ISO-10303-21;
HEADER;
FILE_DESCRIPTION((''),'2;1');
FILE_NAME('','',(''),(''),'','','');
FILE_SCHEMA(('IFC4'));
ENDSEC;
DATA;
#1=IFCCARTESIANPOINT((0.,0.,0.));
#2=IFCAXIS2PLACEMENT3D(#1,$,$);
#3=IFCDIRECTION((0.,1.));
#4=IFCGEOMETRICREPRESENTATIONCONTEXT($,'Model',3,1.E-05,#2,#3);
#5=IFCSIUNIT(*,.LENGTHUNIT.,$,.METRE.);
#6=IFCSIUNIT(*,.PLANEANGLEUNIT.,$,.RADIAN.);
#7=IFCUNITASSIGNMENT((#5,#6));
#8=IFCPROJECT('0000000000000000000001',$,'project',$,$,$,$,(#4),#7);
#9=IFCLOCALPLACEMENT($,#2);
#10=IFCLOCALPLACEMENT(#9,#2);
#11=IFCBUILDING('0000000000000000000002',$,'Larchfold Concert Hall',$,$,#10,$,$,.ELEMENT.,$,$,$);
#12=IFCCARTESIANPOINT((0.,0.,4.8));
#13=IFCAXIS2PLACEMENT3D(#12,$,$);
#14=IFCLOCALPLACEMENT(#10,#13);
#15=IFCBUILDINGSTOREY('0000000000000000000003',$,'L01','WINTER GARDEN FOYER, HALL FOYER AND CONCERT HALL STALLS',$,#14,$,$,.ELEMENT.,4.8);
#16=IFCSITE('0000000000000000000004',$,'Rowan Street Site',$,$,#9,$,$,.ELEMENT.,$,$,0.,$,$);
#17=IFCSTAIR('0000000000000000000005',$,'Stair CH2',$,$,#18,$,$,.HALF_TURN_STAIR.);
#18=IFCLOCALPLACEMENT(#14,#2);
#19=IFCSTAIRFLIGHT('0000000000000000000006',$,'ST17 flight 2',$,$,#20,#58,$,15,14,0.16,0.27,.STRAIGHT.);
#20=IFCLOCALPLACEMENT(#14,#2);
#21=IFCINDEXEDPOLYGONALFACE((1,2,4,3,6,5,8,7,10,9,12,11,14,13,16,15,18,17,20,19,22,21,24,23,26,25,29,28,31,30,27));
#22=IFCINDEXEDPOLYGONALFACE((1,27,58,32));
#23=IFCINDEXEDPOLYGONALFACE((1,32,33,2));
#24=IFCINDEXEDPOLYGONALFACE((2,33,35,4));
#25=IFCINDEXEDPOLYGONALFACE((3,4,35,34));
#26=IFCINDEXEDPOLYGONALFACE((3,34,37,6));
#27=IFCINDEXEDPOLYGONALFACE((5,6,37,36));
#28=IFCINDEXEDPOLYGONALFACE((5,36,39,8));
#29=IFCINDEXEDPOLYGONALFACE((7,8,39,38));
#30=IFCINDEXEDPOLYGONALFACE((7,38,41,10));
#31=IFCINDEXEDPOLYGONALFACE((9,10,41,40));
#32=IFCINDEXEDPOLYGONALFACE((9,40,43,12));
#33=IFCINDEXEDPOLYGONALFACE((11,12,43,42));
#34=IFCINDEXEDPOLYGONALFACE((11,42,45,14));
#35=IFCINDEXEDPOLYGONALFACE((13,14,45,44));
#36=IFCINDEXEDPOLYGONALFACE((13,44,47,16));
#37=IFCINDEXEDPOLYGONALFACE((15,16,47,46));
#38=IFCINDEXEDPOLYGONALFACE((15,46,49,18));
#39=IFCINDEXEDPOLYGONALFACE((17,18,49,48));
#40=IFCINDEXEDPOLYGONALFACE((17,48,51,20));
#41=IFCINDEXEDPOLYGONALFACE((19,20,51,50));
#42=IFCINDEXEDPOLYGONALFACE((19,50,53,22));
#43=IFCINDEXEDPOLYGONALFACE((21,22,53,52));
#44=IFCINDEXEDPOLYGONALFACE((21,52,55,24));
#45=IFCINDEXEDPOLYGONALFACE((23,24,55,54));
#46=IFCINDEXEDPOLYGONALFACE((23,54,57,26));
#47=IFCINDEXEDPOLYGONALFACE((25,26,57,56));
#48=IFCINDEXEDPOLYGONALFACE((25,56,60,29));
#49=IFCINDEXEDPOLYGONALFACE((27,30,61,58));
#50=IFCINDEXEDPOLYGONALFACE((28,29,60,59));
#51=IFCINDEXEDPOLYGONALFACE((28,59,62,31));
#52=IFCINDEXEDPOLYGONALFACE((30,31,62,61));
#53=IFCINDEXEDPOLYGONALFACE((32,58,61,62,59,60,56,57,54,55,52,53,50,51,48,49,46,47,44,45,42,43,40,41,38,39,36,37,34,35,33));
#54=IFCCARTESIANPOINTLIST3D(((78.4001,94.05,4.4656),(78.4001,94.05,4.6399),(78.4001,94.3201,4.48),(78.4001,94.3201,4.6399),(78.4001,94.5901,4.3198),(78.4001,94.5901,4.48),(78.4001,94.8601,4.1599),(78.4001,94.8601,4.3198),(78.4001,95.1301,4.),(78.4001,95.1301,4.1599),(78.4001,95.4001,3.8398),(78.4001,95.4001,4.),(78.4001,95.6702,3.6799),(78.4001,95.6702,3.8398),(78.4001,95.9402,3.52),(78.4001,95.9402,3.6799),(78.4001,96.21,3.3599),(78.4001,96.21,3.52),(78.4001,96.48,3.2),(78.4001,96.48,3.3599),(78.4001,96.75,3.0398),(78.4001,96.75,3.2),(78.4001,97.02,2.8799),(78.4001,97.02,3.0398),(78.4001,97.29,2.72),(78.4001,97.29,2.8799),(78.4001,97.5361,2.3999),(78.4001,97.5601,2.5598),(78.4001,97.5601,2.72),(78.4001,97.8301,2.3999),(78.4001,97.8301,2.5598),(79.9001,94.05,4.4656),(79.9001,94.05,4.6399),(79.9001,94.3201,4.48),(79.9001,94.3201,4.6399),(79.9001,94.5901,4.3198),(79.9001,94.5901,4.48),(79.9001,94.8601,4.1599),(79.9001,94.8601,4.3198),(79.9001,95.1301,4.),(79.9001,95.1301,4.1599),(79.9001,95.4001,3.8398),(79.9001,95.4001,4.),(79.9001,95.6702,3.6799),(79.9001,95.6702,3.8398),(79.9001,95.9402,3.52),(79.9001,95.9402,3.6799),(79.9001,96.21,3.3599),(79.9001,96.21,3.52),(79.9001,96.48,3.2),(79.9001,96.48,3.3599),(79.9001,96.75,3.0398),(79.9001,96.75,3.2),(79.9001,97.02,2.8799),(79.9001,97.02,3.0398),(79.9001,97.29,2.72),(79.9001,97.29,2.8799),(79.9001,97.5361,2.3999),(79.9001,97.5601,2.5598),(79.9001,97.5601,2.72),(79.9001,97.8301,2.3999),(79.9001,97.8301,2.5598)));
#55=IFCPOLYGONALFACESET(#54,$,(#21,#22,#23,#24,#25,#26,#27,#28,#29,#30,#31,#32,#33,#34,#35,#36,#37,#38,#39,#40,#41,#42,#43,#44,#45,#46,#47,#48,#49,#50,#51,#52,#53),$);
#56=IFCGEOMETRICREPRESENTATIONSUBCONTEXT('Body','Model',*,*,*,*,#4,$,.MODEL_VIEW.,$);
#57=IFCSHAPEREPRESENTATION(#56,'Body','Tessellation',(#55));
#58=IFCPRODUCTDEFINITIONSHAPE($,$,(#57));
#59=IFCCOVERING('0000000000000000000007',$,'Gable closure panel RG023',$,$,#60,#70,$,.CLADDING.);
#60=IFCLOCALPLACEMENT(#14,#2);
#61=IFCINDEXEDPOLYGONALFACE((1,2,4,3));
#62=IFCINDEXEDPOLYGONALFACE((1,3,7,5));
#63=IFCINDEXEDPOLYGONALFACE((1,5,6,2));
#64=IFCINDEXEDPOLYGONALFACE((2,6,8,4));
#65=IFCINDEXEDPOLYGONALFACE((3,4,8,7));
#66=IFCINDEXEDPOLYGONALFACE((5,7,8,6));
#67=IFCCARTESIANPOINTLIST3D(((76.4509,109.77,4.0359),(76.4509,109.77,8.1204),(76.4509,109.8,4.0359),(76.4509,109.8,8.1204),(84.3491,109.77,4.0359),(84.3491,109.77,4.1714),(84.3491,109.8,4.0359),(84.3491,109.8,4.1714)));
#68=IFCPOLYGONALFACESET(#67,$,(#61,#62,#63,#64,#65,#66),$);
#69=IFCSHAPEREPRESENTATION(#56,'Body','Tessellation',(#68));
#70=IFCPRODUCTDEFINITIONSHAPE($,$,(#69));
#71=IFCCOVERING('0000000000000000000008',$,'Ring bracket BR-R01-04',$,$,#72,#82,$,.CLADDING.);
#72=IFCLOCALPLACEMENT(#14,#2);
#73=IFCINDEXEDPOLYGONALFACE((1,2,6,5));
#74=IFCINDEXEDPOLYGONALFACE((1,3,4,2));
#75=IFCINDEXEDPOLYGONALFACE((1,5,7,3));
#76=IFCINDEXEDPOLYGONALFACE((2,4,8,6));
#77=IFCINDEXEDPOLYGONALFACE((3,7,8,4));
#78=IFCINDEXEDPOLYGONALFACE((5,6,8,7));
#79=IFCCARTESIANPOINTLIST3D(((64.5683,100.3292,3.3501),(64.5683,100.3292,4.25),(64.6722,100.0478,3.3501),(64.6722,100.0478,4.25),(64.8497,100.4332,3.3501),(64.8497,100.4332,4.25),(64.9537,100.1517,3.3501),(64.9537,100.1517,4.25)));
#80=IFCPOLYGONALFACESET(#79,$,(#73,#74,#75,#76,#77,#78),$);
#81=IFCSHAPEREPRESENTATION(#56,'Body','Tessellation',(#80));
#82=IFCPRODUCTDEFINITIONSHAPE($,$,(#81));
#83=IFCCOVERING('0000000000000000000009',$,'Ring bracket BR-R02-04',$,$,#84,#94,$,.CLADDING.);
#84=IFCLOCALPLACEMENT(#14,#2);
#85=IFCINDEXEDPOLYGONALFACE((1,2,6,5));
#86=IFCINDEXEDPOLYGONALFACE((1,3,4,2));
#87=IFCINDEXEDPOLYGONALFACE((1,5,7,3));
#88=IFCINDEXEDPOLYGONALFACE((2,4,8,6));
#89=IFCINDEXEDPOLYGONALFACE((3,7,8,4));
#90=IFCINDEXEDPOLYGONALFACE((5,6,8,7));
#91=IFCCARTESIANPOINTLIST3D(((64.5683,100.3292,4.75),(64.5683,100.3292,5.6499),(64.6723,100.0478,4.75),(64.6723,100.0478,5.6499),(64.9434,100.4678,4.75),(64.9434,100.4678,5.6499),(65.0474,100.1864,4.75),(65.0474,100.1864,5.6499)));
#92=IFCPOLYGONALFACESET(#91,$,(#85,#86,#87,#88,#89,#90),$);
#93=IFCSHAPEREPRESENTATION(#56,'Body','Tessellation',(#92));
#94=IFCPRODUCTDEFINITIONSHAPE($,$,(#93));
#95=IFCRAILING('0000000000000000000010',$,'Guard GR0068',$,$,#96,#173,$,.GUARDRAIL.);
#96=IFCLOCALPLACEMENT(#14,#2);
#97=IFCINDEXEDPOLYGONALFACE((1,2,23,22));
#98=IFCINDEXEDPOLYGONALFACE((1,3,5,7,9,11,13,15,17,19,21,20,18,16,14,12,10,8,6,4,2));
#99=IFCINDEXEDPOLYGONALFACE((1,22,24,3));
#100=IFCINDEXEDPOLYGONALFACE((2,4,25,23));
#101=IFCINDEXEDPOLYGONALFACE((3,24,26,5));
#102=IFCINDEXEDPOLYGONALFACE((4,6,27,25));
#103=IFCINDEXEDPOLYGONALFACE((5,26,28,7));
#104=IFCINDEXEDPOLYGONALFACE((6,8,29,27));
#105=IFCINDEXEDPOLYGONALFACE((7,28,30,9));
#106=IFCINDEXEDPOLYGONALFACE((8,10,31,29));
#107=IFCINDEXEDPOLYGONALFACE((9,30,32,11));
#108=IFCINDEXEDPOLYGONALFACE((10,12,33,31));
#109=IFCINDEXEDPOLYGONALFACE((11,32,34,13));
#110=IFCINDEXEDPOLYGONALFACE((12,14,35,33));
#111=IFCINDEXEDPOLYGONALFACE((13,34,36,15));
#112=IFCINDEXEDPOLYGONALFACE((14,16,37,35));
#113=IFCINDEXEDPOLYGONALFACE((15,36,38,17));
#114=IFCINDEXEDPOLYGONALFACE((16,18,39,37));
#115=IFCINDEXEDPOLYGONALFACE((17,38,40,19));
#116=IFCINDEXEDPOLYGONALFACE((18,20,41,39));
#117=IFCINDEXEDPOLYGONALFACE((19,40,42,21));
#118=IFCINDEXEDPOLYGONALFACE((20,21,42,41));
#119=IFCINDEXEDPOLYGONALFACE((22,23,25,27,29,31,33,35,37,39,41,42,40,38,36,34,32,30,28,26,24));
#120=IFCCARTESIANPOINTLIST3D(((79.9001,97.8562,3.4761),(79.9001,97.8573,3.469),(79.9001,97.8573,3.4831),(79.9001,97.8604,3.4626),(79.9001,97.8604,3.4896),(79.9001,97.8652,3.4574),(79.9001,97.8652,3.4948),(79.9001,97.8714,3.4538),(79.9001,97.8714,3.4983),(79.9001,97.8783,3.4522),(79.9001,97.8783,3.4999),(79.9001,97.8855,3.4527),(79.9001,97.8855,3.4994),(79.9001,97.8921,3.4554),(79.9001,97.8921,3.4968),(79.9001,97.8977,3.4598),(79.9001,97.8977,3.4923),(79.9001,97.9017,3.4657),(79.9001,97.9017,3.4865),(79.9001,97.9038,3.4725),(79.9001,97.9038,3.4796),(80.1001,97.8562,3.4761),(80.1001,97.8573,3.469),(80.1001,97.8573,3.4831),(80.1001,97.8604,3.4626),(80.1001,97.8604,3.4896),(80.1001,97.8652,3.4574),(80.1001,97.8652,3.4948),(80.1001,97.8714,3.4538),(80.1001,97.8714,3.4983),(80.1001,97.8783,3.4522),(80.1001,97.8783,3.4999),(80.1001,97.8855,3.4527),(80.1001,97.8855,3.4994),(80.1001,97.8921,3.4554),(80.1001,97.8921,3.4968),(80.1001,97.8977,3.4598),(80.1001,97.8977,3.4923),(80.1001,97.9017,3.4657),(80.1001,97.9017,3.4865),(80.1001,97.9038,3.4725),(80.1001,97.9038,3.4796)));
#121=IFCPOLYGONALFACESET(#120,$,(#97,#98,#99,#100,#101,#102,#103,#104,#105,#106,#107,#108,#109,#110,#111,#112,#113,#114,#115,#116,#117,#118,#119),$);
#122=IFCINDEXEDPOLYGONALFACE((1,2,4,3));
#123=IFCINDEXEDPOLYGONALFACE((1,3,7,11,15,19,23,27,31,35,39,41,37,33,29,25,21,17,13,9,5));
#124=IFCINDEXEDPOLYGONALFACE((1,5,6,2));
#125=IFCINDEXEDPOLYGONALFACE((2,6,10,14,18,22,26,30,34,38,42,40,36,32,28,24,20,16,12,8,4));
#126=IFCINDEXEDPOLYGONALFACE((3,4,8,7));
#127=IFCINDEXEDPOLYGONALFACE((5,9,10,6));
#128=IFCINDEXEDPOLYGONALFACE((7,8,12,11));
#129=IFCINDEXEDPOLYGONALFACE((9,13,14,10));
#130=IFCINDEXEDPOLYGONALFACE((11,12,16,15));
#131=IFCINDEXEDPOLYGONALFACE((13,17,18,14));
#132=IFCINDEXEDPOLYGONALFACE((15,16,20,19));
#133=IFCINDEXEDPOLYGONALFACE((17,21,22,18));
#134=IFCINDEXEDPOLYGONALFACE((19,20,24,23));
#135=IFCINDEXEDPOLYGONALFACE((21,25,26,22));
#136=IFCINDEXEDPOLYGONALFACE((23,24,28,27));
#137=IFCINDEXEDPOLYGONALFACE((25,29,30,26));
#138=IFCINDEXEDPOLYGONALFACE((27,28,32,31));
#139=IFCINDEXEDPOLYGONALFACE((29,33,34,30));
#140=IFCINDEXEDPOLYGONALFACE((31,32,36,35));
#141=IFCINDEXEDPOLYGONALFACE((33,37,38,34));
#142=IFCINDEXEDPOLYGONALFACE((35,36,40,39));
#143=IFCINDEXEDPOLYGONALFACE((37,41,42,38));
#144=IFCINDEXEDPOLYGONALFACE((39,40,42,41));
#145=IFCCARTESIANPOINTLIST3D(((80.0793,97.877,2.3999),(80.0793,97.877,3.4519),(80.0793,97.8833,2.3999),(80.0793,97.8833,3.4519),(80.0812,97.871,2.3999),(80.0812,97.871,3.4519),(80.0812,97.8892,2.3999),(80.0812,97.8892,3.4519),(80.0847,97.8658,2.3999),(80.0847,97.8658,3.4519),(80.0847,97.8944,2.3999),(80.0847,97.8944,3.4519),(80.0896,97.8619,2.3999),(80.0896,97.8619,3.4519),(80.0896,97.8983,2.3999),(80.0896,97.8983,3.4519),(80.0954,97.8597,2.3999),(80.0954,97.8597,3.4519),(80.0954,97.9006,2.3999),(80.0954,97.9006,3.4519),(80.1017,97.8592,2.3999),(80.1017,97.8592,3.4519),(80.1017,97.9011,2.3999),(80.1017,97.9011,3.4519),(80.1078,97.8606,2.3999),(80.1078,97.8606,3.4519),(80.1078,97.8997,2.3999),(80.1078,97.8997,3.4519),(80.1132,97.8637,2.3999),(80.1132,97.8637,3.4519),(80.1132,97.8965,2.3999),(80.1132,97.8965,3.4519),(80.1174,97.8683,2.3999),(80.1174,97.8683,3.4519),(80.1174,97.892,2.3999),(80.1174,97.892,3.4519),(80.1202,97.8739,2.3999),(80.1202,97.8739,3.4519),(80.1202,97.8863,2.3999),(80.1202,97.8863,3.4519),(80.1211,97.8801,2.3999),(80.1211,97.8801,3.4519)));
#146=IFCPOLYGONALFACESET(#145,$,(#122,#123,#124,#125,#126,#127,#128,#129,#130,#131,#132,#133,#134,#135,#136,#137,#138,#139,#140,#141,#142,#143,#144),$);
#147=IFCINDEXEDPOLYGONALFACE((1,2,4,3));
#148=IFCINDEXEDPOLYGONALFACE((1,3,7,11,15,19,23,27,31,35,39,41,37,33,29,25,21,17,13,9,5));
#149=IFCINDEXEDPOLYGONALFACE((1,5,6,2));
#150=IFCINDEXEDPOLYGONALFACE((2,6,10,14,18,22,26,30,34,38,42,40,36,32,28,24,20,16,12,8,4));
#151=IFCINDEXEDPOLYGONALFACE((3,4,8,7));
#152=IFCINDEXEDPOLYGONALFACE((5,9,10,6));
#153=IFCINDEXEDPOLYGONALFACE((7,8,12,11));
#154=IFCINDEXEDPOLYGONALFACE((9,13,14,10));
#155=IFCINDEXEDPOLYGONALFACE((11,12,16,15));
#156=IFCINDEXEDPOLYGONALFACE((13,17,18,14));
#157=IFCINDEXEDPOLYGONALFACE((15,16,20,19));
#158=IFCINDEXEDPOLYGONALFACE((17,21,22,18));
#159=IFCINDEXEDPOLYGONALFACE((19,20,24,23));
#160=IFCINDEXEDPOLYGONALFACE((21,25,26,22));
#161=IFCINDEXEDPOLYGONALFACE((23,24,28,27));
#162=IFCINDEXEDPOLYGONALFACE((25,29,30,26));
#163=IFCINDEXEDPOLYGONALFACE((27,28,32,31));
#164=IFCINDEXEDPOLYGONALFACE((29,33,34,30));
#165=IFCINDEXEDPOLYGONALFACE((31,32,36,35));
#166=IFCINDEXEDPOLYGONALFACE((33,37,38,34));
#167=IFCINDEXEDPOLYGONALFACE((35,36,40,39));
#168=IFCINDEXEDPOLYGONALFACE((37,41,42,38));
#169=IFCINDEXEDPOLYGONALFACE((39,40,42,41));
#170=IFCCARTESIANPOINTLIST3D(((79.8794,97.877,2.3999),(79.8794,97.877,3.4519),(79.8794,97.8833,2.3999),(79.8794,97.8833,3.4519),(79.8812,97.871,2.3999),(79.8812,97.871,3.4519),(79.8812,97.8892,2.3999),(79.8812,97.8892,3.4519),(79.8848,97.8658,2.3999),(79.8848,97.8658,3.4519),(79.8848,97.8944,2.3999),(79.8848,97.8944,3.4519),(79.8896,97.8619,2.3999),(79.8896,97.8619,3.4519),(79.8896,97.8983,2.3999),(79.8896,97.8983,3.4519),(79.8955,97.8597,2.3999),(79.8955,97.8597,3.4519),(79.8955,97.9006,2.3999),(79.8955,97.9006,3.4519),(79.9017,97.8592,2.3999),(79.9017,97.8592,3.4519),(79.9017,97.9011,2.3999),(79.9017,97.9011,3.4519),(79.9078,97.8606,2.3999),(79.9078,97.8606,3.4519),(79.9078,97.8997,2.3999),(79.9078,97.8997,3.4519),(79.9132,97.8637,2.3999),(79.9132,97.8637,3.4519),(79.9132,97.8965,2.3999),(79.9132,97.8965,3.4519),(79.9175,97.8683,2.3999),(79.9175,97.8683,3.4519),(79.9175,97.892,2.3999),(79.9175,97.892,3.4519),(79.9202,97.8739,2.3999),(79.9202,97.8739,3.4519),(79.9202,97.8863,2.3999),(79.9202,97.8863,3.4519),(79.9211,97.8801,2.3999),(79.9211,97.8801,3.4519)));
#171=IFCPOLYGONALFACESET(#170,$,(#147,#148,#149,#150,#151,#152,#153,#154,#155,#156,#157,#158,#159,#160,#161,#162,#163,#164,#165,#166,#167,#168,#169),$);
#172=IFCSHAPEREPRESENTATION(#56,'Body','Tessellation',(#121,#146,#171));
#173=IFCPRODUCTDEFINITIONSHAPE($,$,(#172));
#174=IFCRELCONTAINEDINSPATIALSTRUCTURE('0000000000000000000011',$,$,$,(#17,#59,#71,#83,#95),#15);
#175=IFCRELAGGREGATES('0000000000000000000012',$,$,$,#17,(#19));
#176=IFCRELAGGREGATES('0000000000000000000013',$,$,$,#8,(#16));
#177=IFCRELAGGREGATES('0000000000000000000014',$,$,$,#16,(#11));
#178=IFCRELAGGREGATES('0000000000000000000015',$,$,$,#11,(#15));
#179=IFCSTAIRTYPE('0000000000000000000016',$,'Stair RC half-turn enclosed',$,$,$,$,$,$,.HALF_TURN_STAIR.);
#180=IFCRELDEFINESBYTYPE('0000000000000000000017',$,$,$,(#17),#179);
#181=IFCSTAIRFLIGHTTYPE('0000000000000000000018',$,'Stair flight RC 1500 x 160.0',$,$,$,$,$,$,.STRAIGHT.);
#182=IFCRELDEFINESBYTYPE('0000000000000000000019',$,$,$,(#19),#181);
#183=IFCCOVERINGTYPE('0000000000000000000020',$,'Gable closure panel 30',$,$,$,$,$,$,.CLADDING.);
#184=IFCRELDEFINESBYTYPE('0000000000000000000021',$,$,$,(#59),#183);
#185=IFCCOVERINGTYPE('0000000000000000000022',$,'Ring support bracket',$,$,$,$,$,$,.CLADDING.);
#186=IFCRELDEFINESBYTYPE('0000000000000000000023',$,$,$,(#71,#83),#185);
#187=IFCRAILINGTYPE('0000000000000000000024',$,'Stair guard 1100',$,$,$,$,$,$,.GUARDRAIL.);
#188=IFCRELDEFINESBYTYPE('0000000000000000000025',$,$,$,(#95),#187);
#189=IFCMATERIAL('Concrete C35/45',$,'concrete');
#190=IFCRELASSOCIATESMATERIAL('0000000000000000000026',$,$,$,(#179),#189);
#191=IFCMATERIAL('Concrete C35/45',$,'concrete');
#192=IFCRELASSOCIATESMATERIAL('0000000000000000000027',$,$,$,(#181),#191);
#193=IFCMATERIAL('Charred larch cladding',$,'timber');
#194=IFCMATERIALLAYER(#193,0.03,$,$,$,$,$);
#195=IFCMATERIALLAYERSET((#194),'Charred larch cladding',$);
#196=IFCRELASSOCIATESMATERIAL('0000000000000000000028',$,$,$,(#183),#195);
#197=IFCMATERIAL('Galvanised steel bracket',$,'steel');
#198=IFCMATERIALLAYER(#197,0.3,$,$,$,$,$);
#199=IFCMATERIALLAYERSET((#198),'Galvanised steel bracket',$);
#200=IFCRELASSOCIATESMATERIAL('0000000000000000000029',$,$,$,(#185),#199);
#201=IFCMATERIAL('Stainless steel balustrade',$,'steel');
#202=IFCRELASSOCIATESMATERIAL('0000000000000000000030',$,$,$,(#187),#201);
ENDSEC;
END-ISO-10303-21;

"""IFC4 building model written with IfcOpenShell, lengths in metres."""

from ifc_helpers import new_model, si_unit, direction, frame, origin, origin_2d, place, context, subcontext, project, spatial, polyline, rectangle, circle, outline, extrude, material, layer, layer_set, type_object, element, aggregate, save


model = new_model("IFC4")

# Units and contexts
model_context = context("Model", 3, precision=1e-05, world=origin(), true_north=direction((0.0, 1.0)))
body_context = subcontext(model_context, "Body", "Model", "MODEL_VIEW")
ifc_project = project(units=[si_unit("LENGTHUNIT", "METRE"), si_unit("PLANEANGLEUNIT", "RADIAN")], contexts=[model_context])

# Site, building, storey
site_placement = place(None, origin())
site = spatial("IfcSite", under=ifc_project, at=site_placement, Name="Rowan Street Site", CompositionType="ELEMENT", RefElevation=0.0)
building_placement = place(site_placement, origin())
building = spatial("IfcBuilding", under=site, at=building_placement, Name="Larchfold Concert Hall", CompositionType="ELEMENT")
storey_placement = place(building_placement, frame((0.0, 0.0, 4.8)))
storey = spatial("IfcBuildingStorey", under=building, at=storey_placement, Name="L01", Description="WINTER GARDEN FOYER, HALL FOYER AND CONCERT HALL STALLS", CompositionType="ELEMENT", Elevation=4.8)

# Stair, stair flight
ifc_material_1 = material(Name="Concrete C35/45", Category="concrete")
stair_type = type_object("IfcStairType", Name="Stair RC half-turn enclosed", PredefinedType="HALF_TURN_STAIR", material=ifc_material_1)
stair_placement = place(storey_placement, origin())
stair = element("IfcStair", 1, at=stair_placement, inside=storey, type_object=stair_type, Name="Stair CH2", PredefinedType="HALF_TURN_STAIR")
ifc_material_2 = material(Name="Concrete C35/45", Category="concrete")
stair_flight_type = type_object("IfcStairFlightType", Name="Stair flight RC 1500 x 160.0", PredefinedType="STRAIGHT", material=ifc_material_2)
stair_flight_placement = place(storey_placement, frame((79.1501, 97.8301, 2.3999), z_axis=(0.0, 0.0, 1.0), x_axis=(0.0, -1.0, 0.0)))
stair_flight = element("IfcStairFlight", 2, at=stair_flight_placement, type_object=stair_flight_type, Name="ST17 flight 2", NumberOfRisers=15, NumberOfTreads=14, PredefinedType="STRAIGHT", RiserHeight=0.16, TreadLength=0.27, context=body_context, shape_type="SweptSolid", body=[
    extrude(outline(polyline([(0.0, 0.0), (0.0, 0.1599), (0.27, 0.1599), (0.27, 0.3201), (0.54, 0.3201), (0.54, 0.48), (0.8101, 0.48), (0.8101, 0.6399), (1.0801, 0.6399), (1.0801, 0.8), (1.3501, 0.8), (1.3501, 0.96), (1.6201, 0.96), (1.6201, 1.1201), (1.8899, 1.1201), (1.8899, 1.28), (2.1599, 1.28), (2.1599, 1.4399), (2.4299, 1.4399), (2.4299, 1.6001), (2.7, 1.6001), (2.7, 1.76), (2.97, 1.76), (2.97, 1.9199), (3.24, 1.9199), (3.24, 2.0801), (3.51, 2.0801), (3.51, 2.24), (3.78, 2.24), (3.78, 2.3999), (3.78, 2.0657), (0.2939, 0.0), (0.0, 0.0)])), frame((0.0, 0.75, 0.0), z_axis=(0.0, -1.0, 0.0), x_axis=(1.0, 0.0, 0.0)), (0.0, 0.0, 1.0), 1.5),
])
aggregate(stair, [stair_flight])

# Coverings
ifc_material_3 = material(Name="Charred larch cladding", Category="timber")
ifc_layer_1 = layer(ifc_material_3, 0.03)
ifc_layer_set_1 = layer_set([ifc_layer_1], Name="Charred larch cladding")
covering_type_1 = type_object("IfcCoveringType", Name="Gable closure panel 30", PredefinedType="CLADDING", material=ifc_layer_set_1)
covering_1_placement = place(storey_placement, frame((76.4509, 109.77, 4.0359), z_axis=(0.0, -1.0, 0.0), x_axis=(1.0, 0.0, 0.0)))
element("IfcCovering", 3, at=covering_1_placement, inside=storey, type_object=covering_type_1, Name="Gable closure panel RG023", PredefinedType="CLADDING", context=body_context, shape_type="SweptSolid", body=[
    extrude(outline(polyline([(0.0, 0.0), (7.8982, 0.0), (7.8982, 0.1355), (0.0, 4.0845), (0.0, 0.0)])), origin(), (0.0, 0.0, -1.0), 0.03),
])
ifc_material_4 = material(Name="Galvanised steel bracket", Category="steel")
ifc_layer_2 = layer(ifc_material_4, 0.3)
ifc_layer_set_2 = layer_set([ifc_layer_2], Name="Galvanised steel bracket")
covering_type_2 = type_object("IfcCoveringType", Name="Ring support bracket", PredefinedType="CLADDING", material=ifc_layer_set_2)
covering_2_placement = place(storey_placement, frame((64.761, 100.2405, 3.3501), z_axis=(0.0, 0.0, 1.0), x_axis=(0.938035, 0.346541, 0.0)))
element("IfcCovering", 4, at=covering_2_placement, inside=storey, type_object=covering_type_2, Name="Ring bracket BR-R01-04", PredefinedType="CLADDING", context=body_context, shape_type="SweptSolid", body=[
    extrude(rectangle(XDim=0.3, YDim=0.3, at=origin_2d()), origin(), (0.0, 0.0, 1.0), 0.8999),
])
covering_3_placement = place(storey_placement, frame((64.8079, 100.2578, 4.75), z_axis=(0.0, 0.0, 1.0), x_axis=(0.938035, 0.346541, 0.0)))
element("IfcCovering", 5, at=covering_3_placement, inside=storey, type_object=covering_type_2, Name="Ring bracket BR-R02-04", PredefinedType="CLADDING", context=body_context, shape_type="SweptSolid", body=[
    extrude(rectangle(XDim=0.3999, YDim=0.3, at=origin_2d()), origin(), (0.0, 0.0, 1.0), 0.8999),
])

# Railing
ifc_material_5 = material(Name="Stainless steel balustrade", Category="steel")
railing_type_1 = type_object("IfcRailingType", Name="Stair guard 1100", PredefinedType="GUARDRAIL", material=ifc_material_5)
railing_1_placement = place(storey_placement, frame((80.1001, 97.8801, 2.3999)))
element("IfcRailing", 6, at=railing_1_placement, inside=storey, type_object=railing_type_1, Name="Guard GR0068", PredefinedType="GUARDRAIL", context=body_context, shape_type="SweptSolid", body=[
    extrude(circle(Radius=0.0239, at=origin_2d()), frame((0.0, 0.0, 1.0762), z_axis=(-1.0, 0.0, 0.0), x_axis=(0.0, -1.0, 0.0)), (0.0, 0.0, 1.0), 0.2),
    extrude(circle(Radius=0.021, at=origin_2d()), origin(), (0.0, 0.0, 1.0), 1.052),
    extrude(circle(Radius=0.021, at=origin_2d()), frame((-0.2, 0.0, 0.0)), (0.0, 0.0, 1.0), 1.052),
])

save(model, "model.ifc")
